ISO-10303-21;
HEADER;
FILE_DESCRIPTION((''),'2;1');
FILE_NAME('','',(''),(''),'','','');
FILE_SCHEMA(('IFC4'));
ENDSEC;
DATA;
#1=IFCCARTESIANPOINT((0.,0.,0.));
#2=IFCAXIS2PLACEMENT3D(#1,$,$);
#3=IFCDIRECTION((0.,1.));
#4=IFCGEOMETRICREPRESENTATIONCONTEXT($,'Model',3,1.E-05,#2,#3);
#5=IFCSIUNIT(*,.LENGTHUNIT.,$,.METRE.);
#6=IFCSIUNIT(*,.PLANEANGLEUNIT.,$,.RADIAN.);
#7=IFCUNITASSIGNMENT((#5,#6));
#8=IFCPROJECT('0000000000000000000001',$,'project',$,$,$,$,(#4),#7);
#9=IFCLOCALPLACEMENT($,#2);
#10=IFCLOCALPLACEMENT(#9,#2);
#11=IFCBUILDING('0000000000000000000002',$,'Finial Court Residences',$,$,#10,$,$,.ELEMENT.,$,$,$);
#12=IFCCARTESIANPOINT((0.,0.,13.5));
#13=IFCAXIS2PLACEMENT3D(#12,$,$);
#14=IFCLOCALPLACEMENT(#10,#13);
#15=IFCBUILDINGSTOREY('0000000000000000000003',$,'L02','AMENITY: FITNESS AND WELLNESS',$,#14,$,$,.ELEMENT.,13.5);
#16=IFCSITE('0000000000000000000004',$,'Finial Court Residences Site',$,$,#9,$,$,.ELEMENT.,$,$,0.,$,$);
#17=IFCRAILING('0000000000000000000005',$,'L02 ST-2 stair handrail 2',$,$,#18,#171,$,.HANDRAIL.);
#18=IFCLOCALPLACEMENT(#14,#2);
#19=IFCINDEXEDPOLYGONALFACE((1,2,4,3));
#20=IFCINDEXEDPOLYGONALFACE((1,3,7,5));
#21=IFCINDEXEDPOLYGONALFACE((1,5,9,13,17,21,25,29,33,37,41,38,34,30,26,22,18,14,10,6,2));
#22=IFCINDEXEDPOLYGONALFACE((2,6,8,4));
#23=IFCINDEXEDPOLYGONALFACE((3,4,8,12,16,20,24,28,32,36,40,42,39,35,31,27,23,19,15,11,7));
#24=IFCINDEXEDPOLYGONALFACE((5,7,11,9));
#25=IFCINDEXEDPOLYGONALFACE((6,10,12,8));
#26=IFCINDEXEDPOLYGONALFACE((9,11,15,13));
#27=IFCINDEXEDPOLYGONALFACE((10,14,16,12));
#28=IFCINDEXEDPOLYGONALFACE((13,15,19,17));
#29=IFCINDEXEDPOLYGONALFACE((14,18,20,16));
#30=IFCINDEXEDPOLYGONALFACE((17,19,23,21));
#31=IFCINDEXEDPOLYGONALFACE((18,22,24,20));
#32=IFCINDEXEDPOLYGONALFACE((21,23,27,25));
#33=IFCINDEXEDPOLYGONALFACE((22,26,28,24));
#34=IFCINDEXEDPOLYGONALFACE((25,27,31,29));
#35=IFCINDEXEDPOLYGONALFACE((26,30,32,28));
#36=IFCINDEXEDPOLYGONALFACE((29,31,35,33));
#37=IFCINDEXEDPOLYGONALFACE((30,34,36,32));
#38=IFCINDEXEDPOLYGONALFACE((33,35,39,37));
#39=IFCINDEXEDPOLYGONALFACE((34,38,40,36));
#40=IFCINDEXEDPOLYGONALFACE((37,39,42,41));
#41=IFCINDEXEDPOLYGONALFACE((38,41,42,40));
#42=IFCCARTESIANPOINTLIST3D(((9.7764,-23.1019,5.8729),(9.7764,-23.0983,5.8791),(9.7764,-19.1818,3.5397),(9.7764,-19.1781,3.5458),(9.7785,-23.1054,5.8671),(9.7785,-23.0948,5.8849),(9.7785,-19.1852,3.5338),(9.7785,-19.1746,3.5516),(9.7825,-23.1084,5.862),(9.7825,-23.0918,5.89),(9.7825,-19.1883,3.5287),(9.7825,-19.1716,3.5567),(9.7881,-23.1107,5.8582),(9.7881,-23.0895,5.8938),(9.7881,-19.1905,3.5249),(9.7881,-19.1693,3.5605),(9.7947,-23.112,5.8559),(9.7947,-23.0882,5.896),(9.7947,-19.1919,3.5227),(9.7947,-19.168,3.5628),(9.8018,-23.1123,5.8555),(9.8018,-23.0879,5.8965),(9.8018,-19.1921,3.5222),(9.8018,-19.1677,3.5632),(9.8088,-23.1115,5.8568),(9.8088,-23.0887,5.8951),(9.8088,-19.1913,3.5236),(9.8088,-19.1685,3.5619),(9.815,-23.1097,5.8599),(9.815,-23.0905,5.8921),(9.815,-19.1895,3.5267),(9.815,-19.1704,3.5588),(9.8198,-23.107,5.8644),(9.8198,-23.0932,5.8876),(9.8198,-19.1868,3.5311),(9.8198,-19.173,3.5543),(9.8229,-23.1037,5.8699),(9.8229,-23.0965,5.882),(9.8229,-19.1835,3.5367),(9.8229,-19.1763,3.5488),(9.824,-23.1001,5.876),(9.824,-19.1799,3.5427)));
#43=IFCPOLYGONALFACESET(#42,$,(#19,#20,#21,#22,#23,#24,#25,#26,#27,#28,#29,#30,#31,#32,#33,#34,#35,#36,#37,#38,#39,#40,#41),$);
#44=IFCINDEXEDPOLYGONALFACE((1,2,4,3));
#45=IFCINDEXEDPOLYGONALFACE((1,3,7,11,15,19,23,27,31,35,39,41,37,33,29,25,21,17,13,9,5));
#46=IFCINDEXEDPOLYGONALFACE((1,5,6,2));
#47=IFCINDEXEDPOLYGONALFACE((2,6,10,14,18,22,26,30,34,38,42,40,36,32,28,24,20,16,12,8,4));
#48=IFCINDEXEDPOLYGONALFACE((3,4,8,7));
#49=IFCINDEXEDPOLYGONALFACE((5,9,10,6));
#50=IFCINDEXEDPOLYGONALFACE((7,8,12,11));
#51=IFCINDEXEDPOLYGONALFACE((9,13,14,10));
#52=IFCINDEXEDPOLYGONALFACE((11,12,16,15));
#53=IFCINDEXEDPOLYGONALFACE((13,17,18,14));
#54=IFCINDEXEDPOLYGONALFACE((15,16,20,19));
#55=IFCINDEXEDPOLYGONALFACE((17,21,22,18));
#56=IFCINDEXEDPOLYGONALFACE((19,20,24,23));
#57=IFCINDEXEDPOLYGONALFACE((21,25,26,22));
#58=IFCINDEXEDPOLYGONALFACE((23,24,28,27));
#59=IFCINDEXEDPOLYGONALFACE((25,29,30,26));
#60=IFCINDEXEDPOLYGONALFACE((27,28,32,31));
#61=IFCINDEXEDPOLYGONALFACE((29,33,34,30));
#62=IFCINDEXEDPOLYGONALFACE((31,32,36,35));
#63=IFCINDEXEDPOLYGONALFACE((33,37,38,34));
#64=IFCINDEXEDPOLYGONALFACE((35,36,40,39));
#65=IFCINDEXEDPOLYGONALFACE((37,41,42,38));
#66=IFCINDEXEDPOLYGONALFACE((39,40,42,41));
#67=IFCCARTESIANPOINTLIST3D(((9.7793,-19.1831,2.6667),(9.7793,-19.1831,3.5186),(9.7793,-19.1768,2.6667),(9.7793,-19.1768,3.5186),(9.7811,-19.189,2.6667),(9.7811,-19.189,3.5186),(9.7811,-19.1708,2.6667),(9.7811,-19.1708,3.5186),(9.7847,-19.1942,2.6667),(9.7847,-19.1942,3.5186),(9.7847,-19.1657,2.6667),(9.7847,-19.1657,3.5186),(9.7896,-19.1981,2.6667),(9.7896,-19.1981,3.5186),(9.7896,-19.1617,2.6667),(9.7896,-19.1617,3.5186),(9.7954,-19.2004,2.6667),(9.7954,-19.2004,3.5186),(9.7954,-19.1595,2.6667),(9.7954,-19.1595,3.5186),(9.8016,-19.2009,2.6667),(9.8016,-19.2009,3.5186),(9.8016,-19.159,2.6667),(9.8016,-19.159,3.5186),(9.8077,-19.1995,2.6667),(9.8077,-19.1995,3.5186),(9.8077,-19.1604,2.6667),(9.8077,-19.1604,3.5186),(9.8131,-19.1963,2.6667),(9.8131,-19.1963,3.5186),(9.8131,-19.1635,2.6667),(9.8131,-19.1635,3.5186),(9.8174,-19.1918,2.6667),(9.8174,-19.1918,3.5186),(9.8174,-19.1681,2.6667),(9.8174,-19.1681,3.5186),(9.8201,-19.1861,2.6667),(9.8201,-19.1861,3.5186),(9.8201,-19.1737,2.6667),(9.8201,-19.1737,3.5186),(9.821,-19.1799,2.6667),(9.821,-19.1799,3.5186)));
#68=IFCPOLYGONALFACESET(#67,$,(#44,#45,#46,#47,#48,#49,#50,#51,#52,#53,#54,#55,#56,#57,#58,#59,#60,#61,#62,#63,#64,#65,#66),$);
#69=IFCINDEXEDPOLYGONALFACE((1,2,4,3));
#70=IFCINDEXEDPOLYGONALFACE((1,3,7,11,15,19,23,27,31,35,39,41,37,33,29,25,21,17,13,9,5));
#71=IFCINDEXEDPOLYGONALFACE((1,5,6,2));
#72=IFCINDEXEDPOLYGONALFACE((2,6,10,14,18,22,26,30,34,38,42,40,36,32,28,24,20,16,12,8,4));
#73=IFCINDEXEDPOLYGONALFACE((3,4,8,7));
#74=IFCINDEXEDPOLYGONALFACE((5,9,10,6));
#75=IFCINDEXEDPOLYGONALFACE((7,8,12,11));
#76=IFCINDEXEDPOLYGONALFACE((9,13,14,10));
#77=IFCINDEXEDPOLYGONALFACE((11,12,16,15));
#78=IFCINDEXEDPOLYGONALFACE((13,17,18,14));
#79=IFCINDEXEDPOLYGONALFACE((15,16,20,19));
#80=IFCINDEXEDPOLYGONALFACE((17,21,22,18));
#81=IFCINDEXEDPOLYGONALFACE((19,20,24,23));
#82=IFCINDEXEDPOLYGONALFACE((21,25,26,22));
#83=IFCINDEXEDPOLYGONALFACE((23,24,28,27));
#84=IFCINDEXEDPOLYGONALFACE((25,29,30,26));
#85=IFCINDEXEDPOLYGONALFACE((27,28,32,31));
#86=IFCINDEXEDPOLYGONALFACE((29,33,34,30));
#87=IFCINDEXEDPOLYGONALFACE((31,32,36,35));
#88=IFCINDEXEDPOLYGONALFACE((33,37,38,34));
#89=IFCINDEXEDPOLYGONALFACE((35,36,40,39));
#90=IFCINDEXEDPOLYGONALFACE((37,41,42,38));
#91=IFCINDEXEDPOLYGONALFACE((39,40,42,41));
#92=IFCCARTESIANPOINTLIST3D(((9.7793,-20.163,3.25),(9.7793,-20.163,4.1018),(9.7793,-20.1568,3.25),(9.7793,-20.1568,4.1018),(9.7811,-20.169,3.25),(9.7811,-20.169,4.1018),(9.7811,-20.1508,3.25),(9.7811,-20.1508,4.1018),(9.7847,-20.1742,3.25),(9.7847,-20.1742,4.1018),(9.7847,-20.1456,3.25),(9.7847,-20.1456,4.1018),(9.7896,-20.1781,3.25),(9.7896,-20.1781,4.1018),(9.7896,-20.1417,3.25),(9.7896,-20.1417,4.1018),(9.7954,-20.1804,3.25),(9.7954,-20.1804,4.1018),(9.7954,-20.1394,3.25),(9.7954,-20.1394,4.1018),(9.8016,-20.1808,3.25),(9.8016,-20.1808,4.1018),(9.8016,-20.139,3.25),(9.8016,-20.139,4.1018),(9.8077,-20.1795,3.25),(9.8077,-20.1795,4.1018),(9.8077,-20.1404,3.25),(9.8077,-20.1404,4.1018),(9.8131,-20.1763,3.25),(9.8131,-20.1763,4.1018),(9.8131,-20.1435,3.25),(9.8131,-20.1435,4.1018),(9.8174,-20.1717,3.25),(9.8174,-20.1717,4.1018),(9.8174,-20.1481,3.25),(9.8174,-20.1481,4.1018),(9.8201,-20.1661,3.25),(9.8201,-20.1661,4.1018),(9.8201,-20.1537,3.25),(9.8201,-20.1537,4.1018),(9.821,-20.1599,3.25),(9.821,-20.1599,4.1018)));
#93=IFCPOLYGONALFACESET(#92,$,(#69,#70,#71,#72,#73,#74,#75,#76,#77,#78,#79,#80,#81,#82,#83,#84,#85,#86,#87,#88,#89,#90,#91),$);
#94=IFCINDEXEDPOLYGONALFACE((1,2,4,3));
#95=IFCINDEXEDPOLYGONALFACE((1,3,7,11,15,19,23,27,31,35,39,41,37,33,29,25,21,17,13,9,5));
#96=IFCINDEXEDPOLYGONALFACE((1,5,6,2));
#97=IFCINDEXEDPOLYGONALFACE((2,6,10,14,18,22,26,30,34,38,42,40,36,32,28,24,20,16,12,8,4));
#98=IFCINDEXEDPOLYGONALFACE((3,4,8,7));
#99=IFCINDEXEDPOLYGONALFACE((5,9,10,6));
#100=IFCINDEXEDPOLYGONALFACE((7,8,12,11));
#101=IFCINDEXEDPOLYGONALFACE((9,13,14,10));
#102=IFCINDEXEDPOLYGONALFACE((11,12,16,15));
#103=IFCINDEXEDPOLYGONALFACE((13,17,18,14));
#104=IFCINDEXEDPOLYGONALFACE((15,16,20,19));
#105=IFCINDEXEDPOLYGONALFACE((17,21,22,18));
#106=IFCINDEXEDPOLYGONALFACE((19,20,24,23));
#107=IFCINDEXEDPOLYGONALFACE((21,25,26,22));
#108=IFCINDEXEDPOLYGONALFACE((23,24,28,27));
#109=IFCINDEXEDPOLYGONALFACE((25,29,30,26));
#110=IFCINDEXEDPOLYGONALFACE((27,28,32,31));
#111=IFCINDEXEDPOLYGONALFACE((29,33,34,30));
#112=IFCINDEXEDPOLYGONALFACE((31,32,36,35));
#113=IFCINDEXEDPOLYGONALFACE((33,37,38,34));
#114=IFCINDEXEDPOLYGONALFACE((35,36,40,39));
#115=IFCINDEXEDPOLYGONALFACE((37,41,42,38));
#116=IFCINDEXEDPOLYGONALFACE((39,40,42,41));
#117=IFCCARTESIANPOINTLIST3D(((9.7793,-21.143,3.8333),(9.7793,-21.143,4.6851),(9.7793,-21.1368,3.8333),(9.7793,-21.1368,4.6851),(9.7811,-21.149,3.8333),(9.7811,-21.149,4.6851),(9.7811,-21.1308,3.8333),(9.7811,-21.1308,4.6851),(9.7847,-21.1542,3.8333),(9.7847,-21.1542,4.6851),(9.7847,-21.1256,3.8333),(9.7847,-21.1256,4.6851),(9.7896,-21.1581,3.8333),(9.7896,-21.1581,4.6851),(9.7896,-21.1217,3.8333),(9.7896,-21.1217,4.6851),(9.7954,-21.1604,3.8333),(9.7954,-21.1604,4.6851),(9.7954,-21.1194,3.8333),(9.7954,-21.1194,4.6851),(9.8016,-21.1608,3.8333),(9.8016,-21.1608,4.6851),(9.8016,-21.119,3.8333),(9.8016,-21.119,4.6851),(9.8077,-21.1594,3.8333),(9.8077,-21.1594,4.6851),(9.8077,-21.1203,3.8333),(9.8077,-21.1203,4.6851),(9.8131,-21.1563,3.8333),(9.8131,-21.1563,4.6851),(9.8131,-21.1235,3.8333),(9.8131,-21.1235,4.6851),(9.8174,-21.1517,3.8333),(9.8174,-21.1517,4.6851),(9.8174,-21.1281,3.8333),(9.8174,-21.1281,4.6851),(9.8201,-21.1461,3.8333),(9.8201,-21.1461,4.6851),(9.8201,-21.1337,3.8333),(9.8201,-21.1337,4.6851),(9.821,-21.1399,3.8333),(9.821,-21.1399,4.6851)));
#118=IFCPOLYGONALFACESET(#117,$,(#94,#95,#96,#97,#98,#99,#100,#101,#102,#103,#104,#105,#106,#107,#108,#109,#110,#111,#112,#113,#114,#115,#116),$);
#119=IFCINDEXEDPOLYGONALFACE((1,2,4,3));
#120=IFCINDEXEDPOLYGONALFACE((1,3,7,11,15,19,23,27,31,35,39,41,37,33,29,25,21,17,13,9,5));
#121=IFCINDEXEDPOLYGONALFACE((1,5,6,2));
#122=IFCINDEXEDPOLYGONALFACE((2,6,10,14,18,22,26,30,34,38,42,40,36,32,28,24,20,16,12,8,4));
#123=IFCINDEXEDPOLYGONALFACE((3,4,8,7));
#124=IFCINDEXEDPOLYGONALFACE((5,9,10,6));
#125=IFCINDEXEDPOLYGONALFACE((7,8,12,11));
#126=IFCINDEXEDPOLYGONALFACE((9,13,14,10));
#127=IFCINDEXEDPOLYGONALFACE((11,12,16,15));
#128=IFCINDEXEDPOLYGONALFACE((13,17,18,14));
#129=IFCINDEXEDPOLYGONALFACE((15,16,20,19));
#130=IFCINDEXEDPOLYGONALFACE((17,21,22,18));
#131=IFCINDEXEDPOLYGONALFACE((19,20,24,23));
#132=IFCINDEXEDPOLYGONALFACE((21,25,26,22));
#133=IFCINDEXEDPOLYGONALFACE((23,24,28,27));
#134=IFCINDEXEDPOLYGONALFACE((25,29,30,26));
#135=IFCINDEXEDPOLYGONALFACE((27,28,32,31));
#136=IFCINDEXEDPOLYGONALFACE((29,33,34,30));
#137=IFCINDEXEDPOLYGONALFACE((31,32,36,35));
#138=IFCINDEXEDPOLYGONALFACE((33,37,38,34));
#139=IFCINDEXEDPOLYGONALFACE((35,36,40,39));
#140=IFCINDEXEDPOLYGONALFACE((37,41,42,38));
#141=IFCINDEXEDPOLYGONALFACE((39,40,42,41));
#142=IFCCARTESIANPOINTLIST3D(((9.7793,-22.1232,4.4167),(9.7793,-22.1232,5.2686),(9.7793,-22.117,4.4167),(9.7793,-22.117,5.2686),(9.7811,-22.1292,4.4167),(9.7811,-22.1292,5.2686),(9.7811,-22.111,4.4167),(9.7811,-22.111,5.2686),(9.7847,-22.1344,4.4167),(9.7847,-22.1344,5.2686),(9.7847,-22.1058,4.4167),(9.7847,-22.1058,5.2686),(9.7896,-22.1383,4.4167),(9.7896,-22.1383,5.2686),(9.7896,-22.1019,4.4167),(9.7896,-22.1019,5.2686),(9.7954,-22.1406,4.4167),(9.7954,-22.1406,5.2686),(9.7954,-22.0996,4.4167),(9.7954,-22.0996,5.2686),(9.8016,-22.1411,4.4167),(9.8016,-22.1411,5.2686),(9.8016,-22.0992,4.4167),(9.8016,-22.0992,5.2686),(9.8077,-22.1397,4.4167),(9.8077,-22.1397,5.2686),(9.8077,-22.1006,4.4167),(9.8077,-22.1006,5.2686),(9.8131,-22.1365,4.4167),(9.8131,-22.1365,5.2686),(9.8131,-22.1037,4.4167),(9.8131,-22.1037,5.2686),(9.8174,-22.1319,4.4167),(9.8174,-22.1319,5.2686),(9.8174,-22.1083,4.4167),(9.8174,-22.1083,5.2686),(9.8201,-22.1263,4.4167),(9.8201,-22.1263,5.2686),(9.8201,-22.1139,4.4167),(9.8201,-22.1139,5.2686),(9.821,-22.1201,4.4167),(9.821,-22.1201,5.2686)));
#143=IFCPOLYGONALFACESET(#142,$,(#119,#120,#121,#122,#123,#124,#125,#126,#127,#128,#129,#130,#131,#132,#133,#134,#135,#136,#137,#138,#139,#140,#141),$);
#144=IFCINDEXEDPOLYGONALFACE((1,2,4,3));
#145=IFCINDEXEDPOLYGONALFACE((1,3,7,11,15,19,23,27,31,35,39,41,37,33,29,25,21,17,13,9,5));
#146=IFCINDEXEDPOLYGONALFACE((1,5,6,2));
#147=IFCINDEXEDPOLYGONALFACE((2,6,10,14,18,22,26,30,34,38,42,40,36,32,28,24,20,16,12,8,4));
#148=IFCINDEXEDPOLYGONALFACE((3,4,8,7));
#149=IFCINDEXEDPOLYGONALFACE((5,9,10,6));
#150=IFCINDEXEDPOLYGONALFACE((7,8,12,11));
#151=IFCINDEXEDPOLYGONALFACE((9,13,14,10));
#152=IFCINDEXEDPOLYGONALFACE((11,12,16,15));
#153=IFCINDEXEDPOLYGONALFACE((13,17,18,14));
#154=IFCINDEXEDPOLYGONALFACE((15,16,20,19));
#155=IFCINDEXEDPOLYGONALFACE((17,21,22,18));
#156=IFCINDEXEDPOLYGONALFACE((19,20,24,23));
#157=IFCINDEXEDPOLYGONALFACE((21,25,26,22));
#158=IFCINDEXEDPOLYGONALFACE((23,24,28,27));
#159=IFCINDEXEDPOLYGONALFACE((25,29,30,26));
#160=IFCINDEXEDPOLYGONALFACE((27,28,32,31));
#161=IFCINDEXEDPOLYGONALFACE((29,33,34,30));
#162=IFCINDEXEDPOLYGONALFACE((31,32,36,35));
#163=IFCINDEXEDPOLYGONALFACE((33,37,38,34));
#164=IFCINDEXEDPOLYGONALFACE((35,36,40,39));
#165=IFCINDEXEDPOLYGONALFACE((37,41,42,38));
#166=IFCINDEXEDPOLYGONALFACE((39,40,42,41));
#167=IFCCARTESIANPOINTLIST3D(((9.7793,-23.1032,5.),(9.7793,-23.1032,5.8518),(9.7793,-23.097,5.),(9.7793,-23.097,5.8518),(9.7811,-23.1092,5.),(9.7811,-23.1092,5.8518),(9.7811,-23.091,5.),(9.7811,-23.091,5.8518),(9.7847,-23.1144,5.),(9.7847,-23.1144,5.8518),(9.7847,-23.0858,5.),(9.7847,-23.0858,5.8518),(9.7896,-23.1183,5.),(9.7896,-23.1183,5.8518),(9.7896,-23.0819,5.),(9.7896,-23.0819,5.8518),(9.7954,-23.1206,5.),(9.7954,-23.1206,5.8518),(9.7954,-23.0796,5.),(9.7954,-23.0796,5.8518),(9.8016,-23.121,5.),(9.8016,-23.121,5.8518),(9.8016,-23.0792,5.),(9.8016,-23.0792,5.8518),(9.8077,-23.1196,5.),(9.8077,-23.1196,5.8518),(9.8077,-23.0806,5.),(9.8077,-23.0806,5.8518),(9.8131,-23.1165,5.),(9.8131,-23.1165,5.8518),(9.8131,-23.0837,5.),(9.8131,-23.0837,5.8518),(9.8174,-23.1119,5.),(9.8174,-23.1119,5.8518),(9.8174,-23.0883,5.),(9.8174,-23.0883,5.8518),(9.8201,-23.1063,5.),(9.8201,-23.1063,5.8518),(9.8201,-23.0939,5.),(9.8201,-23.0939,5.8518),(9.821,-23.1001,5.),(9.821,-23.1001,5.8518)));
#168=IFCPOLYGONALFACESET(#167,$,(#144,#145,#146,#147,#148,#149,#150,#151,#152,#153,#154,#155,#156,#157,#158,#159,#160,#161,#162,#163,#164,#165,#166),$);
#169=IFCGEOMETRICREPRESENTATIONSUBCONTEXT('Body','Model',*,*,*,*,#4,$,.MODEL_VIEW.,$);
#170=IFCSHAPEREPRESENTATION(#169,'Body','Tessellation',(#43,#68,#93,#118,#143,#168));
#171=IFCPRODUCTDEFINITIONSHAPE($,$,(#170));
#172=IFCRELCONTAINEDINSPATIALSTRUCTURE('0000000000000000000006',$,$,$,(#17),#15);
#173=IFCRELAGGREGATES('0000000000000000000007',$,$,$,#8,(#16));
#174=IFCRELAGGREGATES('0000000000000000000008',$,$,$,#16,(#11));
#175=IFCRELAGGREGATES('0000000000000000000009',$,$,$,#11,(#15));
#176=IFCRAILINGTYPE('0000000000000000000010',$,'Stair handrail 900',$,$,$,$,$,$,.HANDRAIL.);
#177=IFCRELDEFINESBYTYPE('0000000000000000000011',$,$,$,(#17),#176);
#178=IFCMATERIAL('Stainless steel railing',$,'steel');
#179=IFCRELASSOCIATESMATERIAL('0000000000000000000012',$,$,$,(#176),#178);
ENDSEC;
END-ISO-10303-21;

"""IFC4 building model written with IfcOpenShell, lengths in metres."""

from ifc_helpers import new_model, si_unit, direction, frame, origin, origin_2d, place, context, subcontext, project, spatial, circle, extrude, material, type_object, element, save


model = new_model("IFC4")

# Units and contexts
model_context = context("Model", 3, precision=1e-05, world=origin(), true_north=direction((0.0, 1.0)))
body_context = subcontext(model_context, "Body", "Model", "MODEL_VIEW")
ifc_project = project(units=[si_unit("LENGTHUNIT", "METRE"), si_unit("PLANEANGLEUNIT", "RADIAN")], contexts=[model_context])

# Site, building, storey
site_placement = place(None, origin())
site = spatial("IfcSite", under=ifc_project, at=site_placement, Name="Finial Court Residences Site", CompositionType="ELEMENT", RefElevation=0.0)
building_placement = place(site_placement, origin())
building = spatial("IfcBuilding", under=site, at=building_placement, Name="Finial Court Residences", CompositionType="ELEMENT")
storey_placement = place(building_placement, frame((0.0, 0.0, 13.5)))
storey = spatial("IfcBuildingStorey", under=building, at=storey_placement, Name="L02", Description="AMENITY: FITNESS AND WELLNESS", CompositionType="ELEMENT", Elevation=13.5)

# Railing
ifc_material_1 = material(Name="Stainless steel railing", Category="steel")
railing_type = type_object("IfcRailingType", Name="Stair handrail 900", PredefinedType="HANDRAIL", material=ifc_material_1)
railing_placement = place(storey_placement, frame((9.8, -19.1799, 2.6667)))
element("IfcRailing", 1, at=railing_placement, inside=storey, type_object=railing_type, Name="L02 ST-2 stair handrail 2", PredefinedType="HANDRAIL", context=body_context, shape_type="SweptSolid", body=[
    extrude(circle(Radius=0.0239, at=origin_2d()), frame((0.0, 0.0, 0.876), z_axis=(0.0, -0.85931, 0.511455), x_axis=(1.0, 0.0, 0.0)), (0.0, 0.0, 1.0), 4.562),
    extrude(circle(Radius=0.021, at=origin_2d()), origin(), (0.0, 0.0, 1.0), 0.8518),
    extrude(circle(Radius=0.021, at=origin_2d()), frame((0.0, -0.98, 0.5833)), (0.0, 0.0, 1.0), 0.8518),
    extrude(circle(Radius=0.021, at=origin_2d()), frame((0.0, -1.96, 1.1665)), (0.0, 0.0, 1.0), 0.8518),
    extrude(circle(Radius=0.021, at=origin_2d()), frame((0.0, -2.9402, 1.75)), (0.0, 0.0, 1.0), 0.8518),
    extrude(circle(Radius=0.021, at=origin_2d()), frame((0.0, -3.9202, 2.3333)), (0.0, 0.0, 1.0), 0.8518),
])

save(model, "model.ifc")
